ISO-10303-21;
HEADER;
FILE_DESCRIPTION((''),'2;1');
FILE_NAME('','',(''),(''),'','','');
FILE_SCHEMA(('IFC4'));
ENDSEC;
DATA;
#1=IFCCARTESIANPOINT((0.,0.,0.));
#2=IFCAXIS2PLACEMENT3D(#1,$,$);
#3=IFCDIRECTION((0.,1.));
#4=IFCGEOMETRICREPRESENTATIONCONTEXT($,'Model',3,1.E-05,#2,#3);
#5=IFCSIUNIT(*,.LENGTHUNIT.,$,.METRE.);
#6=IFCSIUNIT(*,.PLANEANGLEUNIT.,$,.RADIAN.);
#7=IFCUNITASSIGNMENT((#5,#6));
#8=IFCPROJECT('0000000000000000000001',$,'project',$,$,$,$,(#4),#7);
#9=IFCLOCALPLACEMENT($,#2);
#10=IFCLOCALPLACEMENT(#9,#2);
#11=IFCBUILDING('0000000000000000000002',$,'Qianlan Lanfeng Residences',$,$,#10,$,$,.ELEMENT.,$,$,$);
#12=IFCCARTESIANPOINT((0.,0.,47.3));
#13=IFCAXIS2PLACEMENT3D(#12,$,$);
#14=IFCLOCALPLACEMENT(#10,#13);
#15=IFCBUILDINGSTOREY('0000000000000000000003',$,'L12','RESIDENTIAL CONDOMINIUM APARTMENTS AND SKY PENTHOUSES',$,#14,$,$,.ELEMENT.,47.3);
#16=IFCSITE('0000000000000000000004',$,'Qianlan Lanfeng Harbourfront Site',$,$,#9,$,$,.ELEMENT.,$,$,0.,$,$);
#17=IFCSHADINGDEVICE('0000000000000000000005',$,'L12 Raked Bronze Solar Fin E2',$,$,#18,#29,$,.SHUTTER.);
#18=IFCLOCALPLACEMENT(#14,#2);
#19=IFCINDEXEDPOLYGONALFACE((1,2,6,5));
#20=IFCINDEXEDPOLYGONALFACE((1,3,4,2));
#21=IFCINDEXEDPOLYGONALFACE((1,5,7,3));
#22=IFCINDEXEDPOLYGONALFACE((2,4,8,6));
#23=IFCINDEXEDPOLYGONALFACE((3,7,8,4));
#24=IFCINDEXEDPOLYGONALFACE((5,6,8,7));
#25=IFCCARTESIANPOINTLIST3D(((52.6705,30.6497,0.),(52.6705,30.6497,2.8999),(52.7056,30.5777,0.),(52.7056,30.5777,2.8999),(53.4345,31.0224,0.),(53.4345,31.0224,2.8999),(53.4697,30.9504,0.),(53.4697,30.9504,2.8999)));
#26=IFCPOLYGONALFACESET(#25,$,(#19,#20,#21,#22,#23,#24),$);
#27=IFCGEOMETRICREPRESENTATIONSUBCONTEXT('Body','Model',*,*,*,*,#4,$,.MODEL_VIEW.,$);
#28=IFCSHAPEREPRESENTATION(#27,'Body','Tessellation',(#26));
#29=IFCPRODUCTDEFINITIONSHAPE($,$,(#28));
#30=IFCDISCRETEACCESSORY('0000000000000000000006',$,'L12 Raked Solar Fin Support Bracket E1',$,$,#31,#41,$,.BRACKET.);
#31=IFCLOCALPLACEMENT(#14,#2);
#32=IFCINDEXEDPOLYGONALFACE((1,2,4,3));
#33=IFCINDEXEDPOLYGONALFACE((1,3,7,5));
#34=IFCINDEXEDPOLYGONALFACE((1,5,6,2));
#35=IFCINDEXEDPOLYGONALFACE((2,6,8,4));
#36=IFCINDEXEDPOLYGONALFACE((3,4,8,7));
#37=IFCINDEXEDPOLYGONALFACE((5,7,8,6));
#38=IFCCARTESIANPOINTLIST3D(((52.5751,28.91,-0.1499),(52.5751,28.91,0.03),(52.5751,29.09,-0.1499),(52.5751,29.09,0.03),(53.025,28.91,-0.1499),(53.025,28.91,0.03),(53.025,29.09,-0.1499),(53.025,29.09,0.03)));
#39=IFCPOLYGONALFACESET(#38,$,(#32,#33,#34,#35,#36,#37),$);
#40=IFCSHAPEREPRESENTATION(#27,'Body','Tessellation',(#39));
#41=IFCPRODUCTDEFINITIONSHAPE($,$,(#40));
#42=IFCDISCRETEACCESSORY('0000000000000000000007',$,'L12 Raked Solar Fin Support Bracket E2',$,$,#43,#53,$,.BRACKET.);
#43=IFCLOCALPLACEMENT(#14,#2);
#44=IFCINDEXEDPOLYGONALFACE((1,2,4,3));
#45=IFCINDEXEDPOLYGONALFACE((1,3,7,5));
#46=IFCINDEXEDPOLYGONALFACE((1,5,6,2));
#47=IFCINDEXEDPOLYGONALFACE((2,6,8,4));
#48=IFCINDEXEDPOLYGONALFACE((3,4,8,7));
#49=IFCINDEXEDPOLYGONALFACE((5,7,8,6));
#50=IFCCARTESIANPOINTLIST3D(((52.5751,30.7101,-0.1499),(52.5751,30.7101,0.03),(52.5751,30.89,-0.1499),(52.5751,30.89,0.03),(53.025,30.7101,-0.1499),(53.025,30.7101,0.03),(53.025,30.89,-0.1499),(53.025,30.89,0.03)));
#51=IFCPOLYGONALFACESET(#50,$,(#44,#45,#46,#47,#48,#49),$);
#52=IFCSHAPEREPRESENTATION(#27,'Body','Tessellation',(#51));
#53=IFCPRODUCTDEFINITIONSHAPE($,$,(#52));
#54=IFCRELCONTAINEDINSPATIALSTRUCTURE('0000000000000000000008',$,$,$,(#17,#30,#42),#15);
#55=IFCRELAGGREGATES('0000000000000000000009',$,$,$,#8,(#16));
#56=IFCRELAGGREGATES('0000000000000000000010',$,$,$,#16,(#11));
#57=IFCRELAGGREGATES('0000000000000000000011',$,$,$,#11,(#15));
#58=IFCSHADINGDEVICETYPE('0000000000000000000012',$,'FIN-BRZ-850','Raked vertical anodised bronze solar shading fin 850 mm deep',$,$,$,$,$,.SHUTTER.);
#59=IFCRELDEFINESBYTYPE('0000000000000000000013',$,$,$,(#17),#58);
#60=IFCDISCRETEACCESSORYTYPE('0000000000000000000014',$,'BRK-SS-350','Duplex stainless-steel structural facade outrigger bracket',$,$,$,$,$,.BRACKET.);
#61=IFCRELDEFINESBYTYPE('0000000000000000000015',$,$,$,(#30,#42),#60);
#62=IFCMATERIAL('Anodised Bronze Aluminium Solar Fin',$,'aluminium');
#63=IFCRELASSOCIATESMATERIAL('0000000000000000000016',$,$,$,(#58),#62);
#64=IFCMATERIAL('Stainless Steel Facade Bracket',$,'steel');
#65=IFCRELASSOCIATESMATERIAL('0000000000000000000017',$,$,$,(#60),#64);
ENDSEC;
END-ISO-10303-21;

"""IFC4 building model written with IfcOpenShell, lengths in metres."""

from ifc_helpers import new_model, si_unit, direction, frame, origin, origin_2d, place, context, subcontext, project, spatial, rectangle, extrude, source, transform, mapped, material, type_object, element, save


model = new_model("IFC4")

# Units and contexts
model_context = context("Model", 3, precision=1e-05, world=origin(), true_north=direction((0.0, 1.0)))
body_context = subcontext(model_context, "Body", "Model", "MODEL_VIEW")
ifc_project = project(units=[si_unit("LENGTHUNIT", "METRE"), si_unit("PLANEANGLEUNIT", "RADIAN")], contexts=[model_context])

# Site, building, storey
site_placement = place(None, origin())
site = spatial("IfcSite", under=ifc_project, at=site_placement, Name="Qianlan Lanfeng Harbourfront Site", CompositionType="ELEMENT", RefElevation=0.0)
building_placement = place(site_placement, origin())
building = spatial("IfcBuilding", under=site, at=building_placement, Name="Qianlan Lanfeng Residences", CompositionType="ELEMENT")
storey_placement = place(building_placement, frame((0.0, 0.0, 47.3)))
storey = spatial("IfcBuildingStorey", under=building, at=storey_placement, Name="L12", Description="RESIDENTIAL CONDOMINIUM APARTMENTS AND SKY PENTHOUSES", CompositionType="ELEMENT", Elevation=47.3)

# Shading device
ifc_material_1 = material(Name="Anodised Bronze Aluminium Solar Fin", Category="aluminium")
shading_device_type = type_object("IfcShadingDeviceType", Name="FIN-BRZ-850", Description="Raked vertical anodised bronze solar shading fin 850 mm deep", PredefinedType="SHUTTER", material=ifc_material_1)
shared_shape_1 = source(origin(), body_context, "Body", "SweptSolid", [
    extrude(rectangle(XDim=0.8501, YDim=0.0801, at=origin_2d()), origin(), (0.0, 0.0, 1.0), 2.8999),
])
for number, where, z_axis, x_axis, name in (
    (1, (53.0701, 30.8, 0.0), (0.0, 0.0, 1.0), (0.898794, 0.438371, 0.0), "L12 Raked Bronze Solar Fin E2"),
):
    element("IfcShadingDevice", number, at=place(storey_placement, frame(where, z_axis=z_axis, x_axis=x_axis)), inside=storey, type_object=shading_device_type, Name=name, PredefinedType="SHUTTER", context=body_context, shape_type="MappedRepresentation", body=[
        mapped(shared_shape_1, transform((0.0, 0.0, 0.0), scale=1.0)),
    ])

# Discrete accessories
ifc_material_2 = material(Name="Stainless Steel Facade Bracket", Category="steel")
discrete_accessory_type = type_object("IfcDiscreteAccessoryType", Name="BRK-SS-350", Description="Duplex stainless-steel structural facade outrigger bracket", PredefinedType="BRACKET", material=ifc_material_2)
shared_shape_2 = source(origin(), body_context, "Body", "SweptSolid", [
    extrude(rectangle(XDim=0.45, YDim=0.1799, at=origin_2d()), origin(), (0.0, 0.0, 1.0), 0.1799),
])
for number, where, z_axis, x_axis, name in (
    (2, (52.8, 29.0, -0.1499), (0.0, 0.0, 1.0), (1.0, 0.0, 0.0), "L12 Raked Solar Fin Support Bracket E1"),
    (3, (52.8, 30.8, -0.1499), (0.0, 0.0, 1.0), (1.0, 0.0, 0.0), "L12 Raked Solar Fin Support Bracket E2"),
):
    element("IfcDiscreteAccessory", number, at=place(storey_placement, frame(where, z_axis=z_axis, x_axis=x_axis)), inside=storey, type_object=discrete_accessory_type, Name=name, PredefinedType="BRACKET", context=body_context, shape_type="MappedRepresentation", body=[
        mapped(shared_shape_2, transform((0.0, 0.0, 0.0), scale=1.0)),
    ])

save(model, "model.ifc")
